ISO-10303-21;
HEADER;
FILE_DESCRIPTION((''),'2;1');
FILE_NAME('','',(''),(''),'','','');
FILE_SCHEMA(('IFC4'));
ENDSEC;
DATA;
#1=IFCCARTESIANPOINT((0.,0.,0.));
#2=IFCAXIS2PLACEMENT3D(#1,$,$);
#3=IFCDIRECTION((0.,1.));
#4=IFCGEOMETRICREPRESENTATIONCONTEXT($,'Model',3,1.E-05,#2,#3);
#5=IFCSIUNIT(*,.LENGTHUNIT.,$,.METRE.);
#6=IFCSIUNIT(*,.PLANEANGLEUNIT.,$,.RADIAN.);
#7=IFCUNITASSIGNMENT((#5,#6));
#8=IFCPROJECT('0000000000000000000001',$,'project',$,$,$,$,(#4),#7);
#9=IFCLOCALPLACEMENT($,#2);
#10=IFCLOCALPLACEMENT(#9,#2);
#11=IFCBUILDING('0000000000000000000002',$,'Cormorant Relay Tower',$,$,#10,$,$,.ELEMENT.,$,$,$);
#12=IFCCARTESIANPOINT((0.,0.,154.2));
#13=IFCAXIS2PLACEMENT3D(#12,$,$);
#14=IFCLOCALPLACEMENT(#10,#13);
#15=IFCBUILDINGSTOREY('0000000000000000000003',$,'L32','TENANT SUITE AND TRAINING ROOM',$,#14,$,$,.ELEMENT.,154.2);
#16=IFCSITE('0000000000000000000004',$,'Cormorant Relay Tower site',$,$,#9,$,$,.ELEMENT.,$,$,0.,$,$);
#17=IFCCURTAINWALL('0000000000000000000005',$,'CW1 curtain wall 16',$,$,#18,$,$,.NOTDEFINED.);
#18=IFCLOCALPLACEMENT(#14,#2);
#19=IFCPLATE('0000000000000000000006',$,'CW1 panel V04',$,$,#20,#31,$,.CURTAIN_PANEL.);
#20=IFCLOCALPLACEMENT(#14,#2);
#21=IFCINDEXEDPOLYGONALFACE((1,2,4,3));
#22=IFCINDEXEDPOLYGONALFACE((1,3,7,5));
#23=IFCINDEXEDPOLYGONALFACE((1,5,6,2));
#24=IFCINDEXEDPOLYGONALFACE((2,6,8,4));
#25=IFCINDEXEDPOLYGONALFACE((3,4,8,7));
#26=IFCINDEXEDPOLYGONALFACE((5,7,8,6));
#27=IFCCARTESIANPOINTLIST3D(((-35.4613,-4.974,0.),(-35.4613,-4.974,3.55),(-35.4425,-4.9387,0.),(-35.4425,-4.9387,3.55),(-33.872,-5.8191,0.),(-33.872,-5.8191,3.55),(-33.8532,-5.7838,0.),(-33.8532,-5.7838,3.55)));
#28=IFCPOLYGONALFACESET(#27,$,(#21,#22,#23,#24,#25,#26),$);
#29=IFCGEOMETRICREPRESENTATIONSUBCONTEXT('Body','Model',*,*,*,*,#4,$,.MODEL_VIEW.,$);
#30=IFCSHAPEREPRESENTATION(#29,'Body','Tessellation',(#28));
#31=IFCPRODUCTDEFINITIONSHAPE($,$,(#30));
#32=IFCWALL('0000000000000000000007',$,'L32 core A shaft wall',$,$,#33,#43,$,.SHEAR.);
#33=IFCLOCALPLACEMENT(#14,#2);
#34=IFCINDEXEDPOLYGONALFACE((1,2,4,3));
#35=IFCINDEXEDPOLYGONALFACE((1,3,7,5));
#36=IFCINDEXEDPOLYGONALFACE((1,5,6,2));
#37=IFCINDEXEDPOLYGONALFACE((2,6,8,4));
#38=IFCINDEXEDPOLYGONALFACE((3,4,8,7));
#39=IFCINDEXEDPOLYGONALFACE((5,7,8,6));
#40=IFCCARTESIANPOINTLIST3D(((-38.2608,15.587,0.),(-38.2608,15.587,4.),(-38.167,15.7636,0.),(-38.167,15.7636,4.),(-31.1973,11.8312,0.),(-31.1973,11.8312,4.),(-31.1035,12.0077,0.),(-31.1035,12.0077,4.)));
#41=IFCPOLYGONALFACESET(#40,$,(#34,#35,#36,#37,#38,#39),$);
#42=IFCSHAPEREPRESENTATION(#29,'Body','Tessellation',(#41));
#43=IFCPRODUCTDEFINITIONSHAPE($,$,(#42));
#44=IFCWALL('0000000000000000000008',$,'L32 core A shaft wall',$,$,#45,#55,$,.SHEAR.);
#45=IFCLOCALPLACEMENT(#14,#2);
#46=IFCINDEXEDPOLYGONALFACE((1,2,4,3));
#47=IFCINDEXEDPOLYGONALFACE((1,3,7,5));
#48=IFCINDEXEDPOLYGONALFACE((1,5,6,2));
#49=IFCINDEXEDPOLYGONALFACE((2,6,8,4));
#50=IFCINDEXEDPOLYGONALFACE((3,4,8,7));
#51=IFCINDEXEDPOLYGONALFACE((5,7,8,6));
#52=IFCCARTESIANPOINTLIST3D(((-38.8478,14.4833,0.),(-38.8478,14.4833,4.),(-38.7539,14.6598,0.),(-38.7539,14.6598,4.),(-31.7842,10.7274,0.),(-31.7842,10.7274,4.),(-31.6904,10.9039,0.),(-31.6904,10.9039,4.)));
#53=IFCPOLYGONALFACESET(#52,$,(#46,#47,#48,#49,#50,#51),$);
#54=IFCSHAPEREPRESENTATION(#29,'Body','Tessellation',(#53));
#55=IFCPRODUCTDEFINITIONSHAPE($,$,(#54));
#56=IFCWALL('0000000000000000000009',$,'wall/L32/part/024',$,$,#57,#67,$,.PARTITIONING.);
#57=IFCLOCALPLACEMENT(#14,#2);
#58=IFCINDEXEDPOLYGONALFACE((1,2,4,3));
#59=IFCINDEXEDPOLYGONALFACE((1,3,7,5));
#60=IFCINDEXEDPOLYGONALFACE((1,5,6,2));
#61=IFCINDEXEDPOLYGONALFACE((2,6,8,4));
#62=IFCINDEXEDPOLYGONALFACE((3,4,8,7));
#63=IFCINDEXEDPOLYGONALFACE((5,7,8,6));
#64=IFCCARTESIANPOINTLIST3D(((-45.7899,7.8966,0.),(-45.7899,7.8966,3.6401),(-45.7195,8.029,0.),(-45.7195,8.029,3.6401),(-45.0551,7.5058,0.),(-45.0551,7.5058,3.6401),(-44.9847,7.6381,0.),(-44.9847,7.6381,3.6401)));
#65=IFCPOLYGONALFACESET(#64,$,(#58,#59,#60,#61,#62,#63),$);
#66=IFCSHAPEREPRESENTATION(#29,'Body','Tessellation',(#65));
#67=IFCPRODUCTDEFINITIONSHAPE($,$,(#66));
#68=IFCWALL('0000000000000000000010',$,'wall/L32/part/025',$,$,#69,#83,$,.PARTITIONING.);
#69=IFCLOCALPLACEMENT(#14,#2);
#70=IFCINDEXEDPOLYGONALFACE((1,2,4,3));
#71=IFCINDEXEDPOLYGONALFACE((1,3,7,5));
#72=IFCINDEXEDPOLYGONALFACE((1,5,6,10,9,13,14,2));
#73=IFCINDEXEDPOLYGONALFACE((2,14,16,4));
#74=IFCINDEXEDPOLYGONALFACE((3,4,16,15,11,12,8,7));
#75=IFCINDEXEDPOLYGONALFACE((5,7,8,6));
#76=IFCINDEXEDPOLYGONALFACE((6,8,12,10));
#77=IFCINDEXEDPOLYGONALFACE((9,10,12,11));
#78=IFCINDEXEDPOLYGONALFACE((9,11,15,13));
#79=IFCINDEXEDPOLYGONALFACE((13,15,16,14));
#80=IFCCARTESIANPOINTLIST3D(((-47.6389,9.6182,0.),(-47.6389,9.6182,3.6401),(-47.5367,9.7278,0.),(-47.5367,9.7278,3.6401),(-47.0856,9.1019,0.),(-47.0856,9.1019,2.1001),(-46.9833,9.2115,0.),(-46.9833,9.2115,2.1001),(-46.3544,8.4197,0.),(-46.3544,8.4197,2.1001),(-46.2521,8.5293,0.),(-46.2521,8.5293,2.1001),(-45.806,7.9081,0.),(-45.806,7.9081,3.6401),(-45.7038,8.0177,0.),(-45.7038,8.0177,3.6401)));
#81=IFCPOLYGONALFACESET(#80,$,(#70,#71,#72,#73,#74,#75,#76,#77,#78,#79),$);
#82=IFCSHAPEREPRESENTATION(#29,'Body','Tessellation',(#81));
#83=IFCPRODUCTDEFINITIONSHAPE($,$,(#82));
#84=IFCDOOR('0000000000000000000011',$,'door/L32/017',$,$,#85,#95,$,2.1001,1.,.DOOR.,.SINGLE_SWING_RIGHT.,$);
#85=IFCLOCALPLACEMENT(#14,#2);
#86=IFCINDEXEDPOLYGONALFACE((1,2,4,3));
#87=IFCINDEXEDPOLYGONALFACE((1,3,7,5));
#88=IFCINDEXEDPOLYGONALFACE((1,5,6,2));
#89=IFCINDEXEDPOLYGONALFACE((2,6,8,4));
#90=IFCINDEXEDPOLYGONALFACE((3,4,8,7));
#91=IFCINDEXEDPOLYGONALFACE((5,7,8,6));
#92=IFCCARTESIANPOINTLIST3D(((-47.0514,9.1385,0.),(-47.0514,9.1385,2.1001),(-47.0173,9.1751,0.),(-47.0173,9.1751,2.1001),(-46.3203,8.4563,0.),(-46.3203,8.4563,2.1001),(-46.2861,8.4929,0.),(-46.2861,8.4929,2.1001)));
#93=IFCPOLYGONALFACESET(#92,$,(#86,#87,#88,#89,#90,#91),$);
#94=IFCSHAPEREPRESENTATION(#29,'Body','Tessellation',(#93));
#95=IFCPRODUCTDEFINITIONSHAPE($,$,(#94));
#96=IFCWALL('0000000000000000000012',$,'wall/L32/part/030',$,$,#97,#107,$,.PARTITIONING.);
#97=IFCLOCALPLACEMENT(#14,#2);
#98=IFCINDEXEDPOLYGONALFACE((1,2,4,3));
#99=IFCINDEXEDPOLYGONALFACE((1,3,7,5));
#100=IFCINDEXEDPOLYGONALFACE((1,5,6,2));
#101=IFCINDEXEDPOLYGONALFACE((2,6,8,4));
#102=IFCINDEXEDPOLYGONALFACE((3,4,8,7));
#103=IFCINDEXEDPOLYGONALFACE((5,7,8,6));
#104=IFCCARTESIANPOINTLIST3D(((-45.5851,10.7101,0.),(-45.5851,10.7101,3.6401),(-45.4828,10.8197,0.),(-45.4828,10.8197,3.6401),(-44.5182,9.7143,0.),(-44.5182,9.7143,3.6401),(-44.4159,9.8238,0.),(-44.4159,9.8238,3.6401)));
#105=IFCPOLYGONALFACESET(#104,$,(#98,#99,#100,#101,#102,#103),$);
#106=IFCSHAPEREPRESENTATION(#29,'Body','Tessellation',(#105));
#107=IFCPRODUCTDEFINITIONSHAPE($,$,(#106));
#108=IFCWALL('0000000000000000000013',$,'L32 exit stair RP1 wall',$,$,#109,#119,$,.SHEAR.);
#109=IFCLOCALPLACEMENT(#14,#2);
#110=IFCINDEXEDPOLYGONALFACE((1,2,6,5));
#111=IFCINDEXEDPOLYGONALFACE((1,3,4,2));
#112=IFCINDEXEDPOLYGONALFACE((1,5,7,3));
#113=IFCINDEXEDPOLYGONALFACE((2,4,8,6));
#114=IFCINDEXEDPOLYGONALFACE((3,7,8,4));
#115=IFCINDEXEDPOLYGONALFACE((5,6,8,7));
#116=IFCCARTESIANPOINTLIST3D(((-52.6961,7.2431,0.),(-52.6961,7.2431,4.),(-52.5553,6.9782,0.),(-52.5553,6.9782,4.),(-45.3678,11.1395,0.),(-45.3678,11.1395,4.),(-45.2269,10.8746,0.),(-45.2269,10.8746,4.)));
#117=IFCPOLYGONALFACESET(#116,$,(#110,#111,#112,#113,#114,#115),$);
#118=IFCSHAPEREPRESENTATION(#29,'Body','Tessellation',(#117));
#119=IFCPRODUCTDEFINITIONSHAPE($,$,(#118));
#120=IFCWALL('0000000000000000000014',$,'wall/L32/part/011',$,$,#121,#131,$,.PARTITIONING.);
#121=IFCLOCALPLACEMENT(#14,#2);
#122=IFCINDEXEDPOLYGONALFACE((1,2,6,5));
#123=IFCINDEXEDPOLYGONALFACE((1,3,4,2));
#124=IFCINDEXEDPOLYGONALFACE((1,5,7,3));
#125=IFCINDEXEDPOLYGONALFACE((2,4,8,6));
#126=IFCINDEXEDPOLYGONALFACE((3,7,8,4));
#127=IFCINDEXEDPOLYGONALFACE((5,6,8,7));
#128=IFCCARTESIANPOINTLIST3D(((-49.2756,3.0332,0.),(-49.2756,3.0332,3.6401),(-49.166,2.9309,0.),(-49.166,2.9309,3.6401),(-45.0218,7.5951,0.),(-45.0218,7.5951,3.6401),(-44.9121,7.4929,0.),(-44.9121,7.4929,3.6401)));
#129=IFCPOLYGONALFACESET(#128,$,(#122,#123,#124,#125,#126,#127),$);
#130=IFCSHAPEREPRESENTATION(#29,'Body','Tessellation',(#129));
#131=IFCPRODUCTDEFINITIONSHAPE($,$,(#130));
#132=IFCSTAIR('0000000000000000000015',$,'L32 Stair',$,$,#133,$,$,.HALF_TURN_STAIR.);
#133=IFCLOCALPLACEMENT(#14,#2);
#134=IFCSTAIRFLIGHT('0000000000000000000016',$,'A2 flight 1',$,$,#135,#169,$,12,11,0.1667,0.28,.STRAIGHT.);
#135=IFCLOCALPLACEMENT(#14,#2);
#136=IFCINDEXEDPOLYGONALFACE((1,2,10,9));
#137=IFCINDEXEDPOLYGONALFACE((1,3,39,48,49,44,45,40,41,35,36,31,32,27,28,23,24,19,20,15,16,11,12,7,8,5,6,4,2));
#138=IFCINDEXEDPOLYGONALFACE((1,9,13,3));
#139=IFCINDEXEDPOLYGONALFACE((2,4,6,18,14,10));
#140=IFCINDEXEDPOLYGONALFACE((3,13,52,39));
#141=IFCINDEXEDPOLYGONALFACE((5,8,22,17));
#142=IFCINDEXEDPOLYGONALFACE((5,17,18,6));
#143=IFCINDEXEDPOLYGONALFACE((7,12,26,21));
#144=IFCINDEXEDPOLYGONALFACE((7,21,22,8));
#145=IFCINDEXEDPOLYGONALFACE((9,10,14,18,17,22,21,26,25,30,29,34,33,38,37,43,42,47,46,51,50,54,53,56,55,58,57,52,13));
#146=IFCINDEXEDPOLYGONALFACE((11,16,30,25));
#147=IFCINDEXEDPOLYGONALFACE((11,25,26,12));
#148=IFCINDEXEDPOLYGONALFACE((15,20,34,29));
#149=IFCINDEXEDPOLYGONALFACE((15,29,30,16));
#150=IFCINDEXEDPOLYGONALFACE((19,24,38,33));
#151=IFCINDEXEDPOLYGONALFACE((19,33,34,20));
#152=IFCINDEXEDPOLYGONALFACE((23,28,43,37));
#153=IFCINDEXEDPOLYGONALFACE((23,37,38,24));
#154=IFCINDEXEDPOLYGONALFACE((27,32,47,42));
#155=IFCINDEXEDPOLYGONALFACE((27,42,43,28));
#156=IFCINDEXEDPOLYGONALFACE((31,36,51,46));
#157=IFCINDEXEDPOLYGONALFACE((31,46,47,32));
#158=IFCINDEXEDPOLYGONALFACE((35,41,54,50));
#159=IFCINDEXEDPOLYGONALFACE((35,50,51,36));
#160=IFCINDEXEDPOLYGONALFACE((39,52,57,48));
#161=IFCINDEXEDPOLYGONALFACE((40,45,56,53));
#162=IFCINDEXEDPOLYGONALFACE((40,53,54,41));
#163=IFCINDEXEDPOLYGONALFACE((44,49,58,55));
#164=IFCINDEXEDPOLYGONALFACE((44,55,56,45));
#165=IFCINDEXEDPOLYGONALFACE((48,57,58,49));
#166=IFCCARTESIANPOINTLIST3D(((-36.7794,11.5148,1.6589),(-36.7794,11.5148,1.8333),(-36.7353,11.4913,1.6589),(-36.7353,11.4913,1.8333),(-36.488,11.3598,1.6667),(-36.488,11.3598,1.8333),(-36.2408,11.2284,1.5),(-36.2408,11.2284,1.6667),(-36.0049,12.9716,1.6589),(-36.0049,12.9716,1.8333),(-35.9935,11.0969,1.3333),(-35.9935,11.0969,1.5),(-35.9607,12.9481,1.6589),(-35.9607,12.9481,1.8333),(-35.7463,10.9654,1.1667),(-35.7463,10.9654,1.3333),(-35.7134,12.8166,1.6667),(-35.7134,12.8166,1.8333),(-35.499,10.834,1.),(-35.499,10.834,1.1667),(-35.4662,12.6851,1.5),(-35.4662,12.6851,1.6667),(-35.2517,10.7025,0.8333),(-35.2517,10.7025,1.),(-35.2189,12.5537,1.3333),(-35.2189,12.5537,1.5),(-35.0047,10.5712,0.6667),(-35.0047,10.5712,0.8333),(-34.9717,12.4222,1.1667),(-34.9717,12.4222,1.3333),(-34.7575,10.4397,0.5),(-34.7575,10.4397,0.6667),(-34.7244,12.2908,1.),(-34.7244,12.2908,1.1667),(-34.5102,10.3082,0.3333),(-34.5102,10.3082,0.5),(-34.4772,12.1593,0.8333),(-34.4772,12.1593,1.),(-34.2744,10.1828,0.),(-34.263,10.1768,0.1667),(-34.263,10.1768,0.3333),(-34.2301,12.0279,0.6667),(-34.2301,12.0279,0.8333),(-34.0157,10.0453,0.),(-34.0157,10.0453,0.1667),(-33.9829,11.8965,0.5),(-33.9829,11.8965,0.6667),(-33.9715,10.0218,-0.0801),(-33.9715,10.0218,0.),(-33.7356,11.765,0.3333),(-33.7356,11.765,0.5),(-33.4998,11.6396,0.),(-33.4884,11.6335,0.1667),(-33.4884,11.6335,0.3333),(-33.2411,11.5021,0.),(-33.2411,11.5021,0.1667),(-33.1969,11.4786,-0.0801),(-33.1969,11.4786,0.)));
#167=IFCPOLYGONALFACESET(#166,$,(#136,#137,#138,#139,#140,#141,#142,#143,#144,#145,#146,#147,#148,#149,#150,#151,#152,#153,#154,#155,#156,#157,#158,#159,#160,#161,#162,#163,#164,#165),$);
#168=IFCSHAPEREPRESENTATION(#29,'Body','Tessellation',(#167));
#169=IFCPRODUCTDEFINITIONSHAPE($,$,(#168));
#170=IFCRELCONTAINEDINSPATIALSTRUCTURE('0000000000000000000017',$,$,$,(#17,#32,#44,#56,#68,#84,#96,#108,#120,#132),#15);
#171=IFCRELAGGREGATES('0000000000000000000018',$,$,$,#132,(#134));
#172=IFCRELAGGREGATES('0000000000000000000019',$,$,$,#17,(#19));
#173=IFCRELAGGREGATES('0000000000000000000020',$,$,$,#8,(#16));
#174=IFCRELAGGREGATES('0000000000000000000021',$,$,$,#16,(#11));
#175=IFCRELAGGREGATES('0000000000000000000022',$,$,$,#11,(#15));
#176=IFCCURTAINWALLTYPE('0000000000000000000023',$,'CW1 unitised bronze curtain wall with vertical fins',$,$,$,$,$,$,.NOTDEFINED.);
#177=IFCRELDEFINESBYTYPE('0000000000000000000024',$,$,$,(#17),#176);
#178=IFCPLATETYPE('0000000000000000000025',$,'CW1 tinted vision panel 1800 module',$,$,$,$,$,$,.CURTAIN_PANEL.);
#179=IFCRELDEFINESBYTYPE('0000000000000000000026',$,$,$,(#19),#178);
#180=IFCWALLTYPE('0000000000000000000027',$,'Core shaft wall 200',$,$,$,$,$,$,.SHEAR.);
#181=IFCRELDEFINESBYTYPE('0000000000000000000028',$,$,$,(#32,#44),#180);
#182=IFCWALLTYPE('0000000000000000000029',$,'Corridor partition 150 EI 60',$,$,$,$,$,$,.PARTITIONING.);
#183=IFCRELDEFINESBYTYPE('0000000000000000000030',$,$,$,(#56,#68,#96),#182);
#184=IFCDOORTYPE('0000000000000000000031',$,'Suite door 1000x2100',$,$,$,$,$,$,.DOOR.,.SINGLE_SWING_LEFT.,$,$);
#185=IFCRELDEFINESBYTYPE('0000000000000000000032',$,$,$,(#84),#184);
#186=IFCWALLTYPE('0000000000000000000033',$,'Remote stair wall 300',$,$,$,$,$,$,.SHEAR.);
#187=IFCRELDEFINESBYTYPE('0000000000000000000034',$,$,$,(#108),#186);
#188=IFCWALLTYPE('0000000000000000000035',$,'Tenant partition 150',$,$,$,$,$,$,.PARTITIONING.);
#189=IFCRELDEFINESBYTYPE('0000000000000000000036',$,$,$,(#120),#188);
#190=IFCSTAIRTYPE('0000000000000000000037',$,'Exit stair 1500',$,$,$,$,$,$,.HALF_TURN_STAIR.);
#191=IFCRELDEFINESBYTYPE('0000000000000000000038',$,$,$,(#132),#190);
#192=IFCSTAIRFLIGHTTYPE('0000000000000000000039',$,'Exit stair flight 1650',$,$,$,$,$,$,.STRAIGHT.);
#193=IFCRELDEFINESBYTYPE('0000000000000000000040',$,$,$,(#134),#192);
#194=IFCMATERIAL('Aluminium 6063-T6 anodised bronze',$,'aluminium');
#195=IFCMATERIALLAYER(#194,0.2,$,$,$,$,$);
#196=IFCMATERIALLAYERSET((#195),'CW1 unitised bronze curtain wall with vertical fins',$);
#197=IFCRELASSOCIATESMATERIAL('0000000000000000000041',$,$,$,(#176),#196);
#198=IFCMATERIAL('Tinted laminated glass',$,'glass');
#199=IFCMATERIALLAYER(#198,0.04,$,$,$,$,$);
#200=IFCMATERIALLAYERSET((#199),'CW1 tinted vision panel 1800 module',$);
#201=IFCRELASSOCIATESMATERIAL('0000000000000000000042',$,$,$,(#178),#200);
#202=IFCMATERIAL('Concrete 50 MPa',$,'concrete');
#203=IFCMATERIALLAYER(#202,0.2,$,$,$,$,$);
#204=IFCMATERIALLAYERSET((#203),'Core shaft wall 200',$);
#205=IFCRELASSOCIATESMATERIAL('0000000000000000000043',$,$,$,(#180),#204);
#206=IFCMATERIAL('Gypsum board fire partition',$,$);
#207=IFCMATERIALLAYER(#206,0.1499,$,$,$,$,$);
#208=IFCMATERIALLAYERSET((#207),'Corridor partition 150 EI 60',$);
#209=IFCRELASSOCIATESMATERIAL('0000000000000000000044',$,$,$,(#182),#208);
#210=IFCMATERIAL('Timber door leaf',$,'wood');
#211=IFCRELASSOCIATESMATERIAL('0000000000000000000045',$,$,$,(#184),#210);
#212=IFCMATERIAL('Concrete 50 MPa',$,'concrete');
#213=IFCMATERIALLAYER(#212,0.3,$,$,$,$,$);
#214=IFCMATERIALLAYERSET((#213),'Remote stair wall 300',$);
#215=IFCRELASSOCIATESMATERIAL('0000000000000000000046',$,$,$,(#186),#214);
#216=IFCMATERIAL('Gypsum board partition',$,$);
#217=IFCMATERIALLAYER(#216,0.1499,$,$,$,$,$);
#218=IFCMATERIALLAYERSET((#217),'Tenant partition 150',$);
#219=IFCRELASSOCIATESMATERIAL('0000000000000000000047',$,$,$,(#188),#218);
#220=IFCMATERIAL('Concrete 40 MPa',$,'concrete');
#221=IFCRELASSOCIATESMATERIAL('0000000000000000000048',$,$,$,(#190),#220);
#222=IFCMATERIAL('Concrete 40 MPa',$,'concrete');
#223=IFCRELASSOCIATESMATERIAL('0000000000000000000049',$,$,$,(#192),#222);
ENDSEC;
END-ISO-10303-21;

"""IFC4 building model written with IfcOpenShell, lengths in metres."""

from ifc_helpers import new_model, si_unit, direction, frame, frame_2d, origin, origin_2d, place, context, subcontext, project, spatial, polyline, rectangle, outline, extrude, material, layer, layer_set, type_object, element, fill, aggregate, save


model = new_model("IFC4")

# Units and contexts
model_context = context("Model", 3, precision=1e-05, world=origin(), true_north=direction((0.0, 1.0)))
body_context = subcontext(model_context, "Body", "Model", "MODEL_VIEW")
ifc_project = project(units=[si_unit("LENGTHUNIT", "METRE"), si_unit("PLANEANGLEUNIT", "RADIAN")], contexts=[model_context])

# Site, building, storey
site_placement = place(None, origin())
site = spatial("IfcSite", under=ifc_project, at=site_placement, Name="Cormorant Relay Tower site", CompositionType="ELEMENT", RefElevation=0.0)
building_placement = place(site_placement, origin())
building = spatial("IfcBuilding", under=site, at=building_placement, Name="Cormorant Relay Tower", CompositionType="ELEMENT")
storey_placement = place(building_placement, frame((0.0, 0.0, 154.2)))
storey = spatial("IfcBuildingStorey", under=building, at=storey_placement, Name="L32", Description="TENANT SUITE AND TRAINING ROOM", CompositionType="ELEMENT", Elevation=154.2)

# Curtain wall
ifc_material_1 = material(Name="Aluminium 6063-T6 anodised bronze", Category="aluminium")
ifc_layer_1 = layer(ifc_material_1, 0.2)
ifc_layer_set_1 = layer_set([ifc_layer_1], Name="CW1 unitised bronze curtain wall with vertical fins")
curtain_wall_type = type_object("IfcCurtainWallType", Name="CW1 unitised bronze curtain wall with vertical fins", PredefinedType="NOTDEFINED", material=ifc_layer_set_1)
curtain_wall_placement = place(storey_placement, origin())
curtain_wall = element("IfcCurtainWall", 1, at=curtain_wall_placement, inside=storey, type_object=curtain_wall_type, Name="CW1 curtain wall 16", PredefinedType="NOTDEFINED")

# Plate
ifc_material_2 = material(Name="Tinted laminated glass", Category="glass")
ifc_layer_2 = layer(ifc_material_2, 0.04)
ifc_layer_set_2 = layer_set([ifc_layer_2], Name="CW1 tinted vision panel 1800 module")
plate_type = type_object("IfcPlateType", Name="CW1 tinted vision panel 1800 module", PredefinedType="CURTAIN_PANEL", material=ifc_layer_set_2)
plate_1_placement = place(storey_placement, frame((-34.6572, -5.3789, 0.0), z_axis=(0.0, 0.0, 1.0), x_axis=(0.882948, -0.469472, 0.0)))
plate_1 = element("IfcPlate", 2, at=plate_1_placement, type_object=plate_type, Name="CW1 panel V04", PredefinedType="CURTAIN_PANEL", context=body_context, shape_type="SweptSolid", body=[
    extrude(rectangle(XDim=1.8, YDim=0.04, at=origin_2d()), origin(), (0.0, 0.0, 1.0), 3.55),
])

# Walls
ifc_material_3 = material(Name="Concrete 50 MPa", Category="concrete")
ifc_layer_3 = layer(ifc_material_3, 0.2)
ifc_layer_set_3 = layer_set([ifc_layer_3], Name="Core shaft wall 200")
wall_type_1 = type_object("IfcWallType", Name="Core shaft wall 200", PredefinedType="SHEAR", material=ifc_layer_set_3)
for number, where, z_axis, x_axis, name in (
    (3, (-31.1504, 11.9194, 0.0), (0.0, 0.0, 1.0), (-0.88294, 0.469485, 0.0), "L32 core A shaft wall"),
    (4, (-31.7373, 10.8157, 0.0), (0.0, 0.0, 1.0), (-0.88294, 0.469485, 0.0), "L32 core A shaft wall"),
):
    element("IfcWall", number, at=place(storey_placement, frame(where, z_axis=z_axis, x_axis=x_axis)), inside=storey, type_object=wall_type_1, Name=name, PredefinedType="SHEAR", context=body_context, shape_type="SweptSolid", body=[
        extrude(rectangle(XDim=8.0, YDim=0.2, at=frame_2d((4.0, 0.0))), origin(), (0.0, 0.0, 1.0), 4.0),
    ])
ifc_material_4 = material(Name="Gypsum board fire partition")
ifc_layer_4 = layer(ifc_material_4, 0.1499)
ifc_layer_set_4 = layer_set([ifc_layer_4], Name="Corridor partition 150 EI 60")
wall_type_2 = type_object("IfcWallType", Name="Corridor partition 150 EI 60", PredefinedType="PARTITIONING", material=ifc_layer_set_4)
wall_1_placement = place(storey_placement, frame((-45.02, 7.572, 0.0), z_axis=(0.0, 0.0, 1.0), x_axis=(-0.88288, 0.469598, 0.0)))
element("IfcWall", 5, at=wall_1_placement, inside=storey, type_object=wall_type_2, Name="wall/L32/part/024", PredefinedType="PARTITIONING", context=body_context, shape_type="SweptSolid", body=[
    extrude(rectangle(XDim=0.8323, YDim=0.1499, at=frame_2d((0.416, 0.0))), origin(), (0.0, 0.0, 1.0), 3.6401),
])

# Wall, opening, door
wall_2_placement = place(storey_placement, frame((-45.7549, 7.9629, 0.0), z_axis=(0.0, 0.0, 1.0), x_axis=(-0.731175, 0.68219, 0.0)))
wall_2 = element("IfcWall", 6, at=wall_2_placement, inside=storey, type_object=wall_type_2, Name="wall/L32/part/025", PredefinedType="PARTITIONING", context=body_context, shape_type="SweptSolid", body=[
    extrude(rectangle(XDim=2.5068, YDim=0.1499, at=frame_2d((1.2534, 0.0))), origin(), (0.0, 0.0, 1.0), 3.6401),
])
opening_placement = place(wall_2_placement, frame((0.75, 0.0, 0.0)))
opening = element("IfcOpeningElement", 7, at=opening_placement, cuts=wall_2, PredefinedType="OPENING", context=body_context, shape_type="SweptSolid", body=[
    extrude(rectangle(XDim=1.0, YDim=2.1001, at=frame_2d((0.5, 1.05))), frame((0.0, 0.085, 0.0), z_axis=(0.0, -1.0, 0.0), x_axis=(1.0, 0.0, 0.0)), (0.0, 0.0, 1.0), 0.1699),
])
ifc_material_5 = material(Name="Timber door leaf", Category="wood")
door_type = type_object("IfcDoorType", Name="Suite door 1000x2100", OperationType="SINGLE_SWING_LEFT", PredefinedType="DOOR", material=ifc_material_5)
door_placement = place(opening_placement, origin())
door = element("IfcDoor", 8, at=door_placement, inside=storey, type_object=door_type, Name="door/L32/017", OperationType="SINGLE_SWING_RIGHT", OverallHeight=2.1001, OverallWidth=1.0, PredefinedType="DOOR", context=body_context, shape_type="SweptSolid", body=[
    extrude(rectangle(XDim=1.0, YDim=2.1001, at=frame_2d((0.5, 1.05))), frame((0.0, 0.0249, 0.0), z_axis=(0.0, -1.0, 0.0), x_axis=(1.0, 0.0, 0.0)), (0.0, 0.0, 1.0), 0.05),
])
fill(opening, door)

# Walls
wall_3_placement = place(storey_placement, frame((-44.467, 9.769, 0.0), z_axis=(0.0, 0.0, 1.0), x_axis=(-0.731027, 0.682348, 0.0)))
element("IfcWall", 9, at=wall_3_placement, inside=storey, type_object=wall_type_2, Name="wall/L32/part/030", PredefinedType="PARTITIONING", context=body_context, shape_type="SweptSolid", body=[
    extrude(rectangle(XDim=1.4595, YDim=0.1499, at=frame_2d((0.7297, 0.0))), origin(), (0.0, 0.0, 1.0), 3.6401),
])
ifc_material_6 = material(Name="Concrete 50 MPa", Category="concrete")
ifc_layer_5 = layer(ifc_material_6, 0.3)
ifc_layer_set_5 = layer_set([ifc_layer_5], Name="Remote stair wall 300")
wall_type_3 = type_object("IfcWallType", Name="Remote stair wall 300", PredefinedType="SHEAR", material=ifc_layer_set_5)
wall_4_placement = place(storey_placement, frame((-45.2974, 11.0071, 0.0), z_axis=(0.0, 0.0, 1.0), x_axis=(-0.882952, -0.469464, 0.0)))
element("IfcWall", 10, at=wall_4_placement, inside=storey, type_object=wall_type_3, Name="L32 exit stair RP1 wall", PredefinedType="SHEAR", context=body_context, shape_type="SweptSolid", body=[
    extrude(rectangle(XDim=8.2998, YDim=0.3, at=frame_2d((4.1499, 0.0))), origin(), (0.0, 0.0, 1.0), 4.0),
])
ifc_material_7 = material(Name="Gypsum board partition")
ifc_layer_6 = layer(ifc_material_7, 0.1499)
ifc_layer_set_6 = layer_set([ifc_layer_6], Name="Tenant partition 150")
wall_type_4 = type_object("IfcWallType", Name="Tenant partition 150", PredefinedType="PARTITIONING", material=ifc_layer_set_6)
wall_5_placement = place(storey_placement, frame((-44.967, 7.5439, 0.0), z_axis=(0.0, 0.0, 1.0), x_axis=(-0.681978, -0.731373, 0.0)))
element("IfcWall", 11, at=wall_5_placement, inside=storey, type_object=wall_type_4, Name="wall/L32/part/011", PredefinedType="PARTITIONING", context=body_context, shape_type="SweptSolid", body=[
    extrude(rectangle(XDim=6.2375, YDim=0.1499, at=frame_2d((3.1187, 0.0))), origin(), (0.0, 0.0, 1.0), 3.6401),
])

# Stair, stair flight
ifc_material_8 = material(Name="Concrete 40 MPa", Category="concrete")
stair_type = type_object("IfcStairType", Name="Exit stair 1500", PredefinedType="HALF_TURN_STAIR", material=ifc_material_8)
stair_placement = place(storey_placement, origin())
stair = element("IfcStair", 12, at=stair_placement, inside=storey, type_object=stair_type, Name="L32 Stair", PredefinedType="HALF_TURN_STAIR")
ifc_material_9 = material(Name="Concrete 40 MPa", Category="concrete")
stair_flight_type = type_object("IfcStairFlightType", Name="Exit stair flight 1650", PredefinedType="STRAIGHT", material=ifc_material_9)
stair_flight_1_placement = place(storey_placement, frame((-33.6284, 10.7737, 0.0), z_axis=(0.0, 0.0, 1.0), x_axis=(-0.882948, 0.469472, 0.0)))
stair_flight_1 = element("IfcStairFlight", 13, at=stair_flight_1_placement, type_object=stair_flight_type, Name="A2 flight 1", NumberOfRisers=12, NumberOfTreads=11, PredefinedType="STRAIGHT", RiserHeight=0.1667, TreadLength=0.28, context=body_context, shape_type="SweptSolid", body=[
    extrude(outline(polyline([(-0.05, -0.0801), (-0.05, 0.0), (0.0, 0.0), (0.0, 0.1667), (0.28, 0.1667), (0.28, 0.3333), (0.5601, 0.3333), (0.5601, 0.5), (0.8401, 0.5), (0.8401, 0.6667), (1.1201, 0.6667), (1.1201, 0.8333), (1.3999, 0.8333), (1.3999, 1.0), (1.6799, 1.0), (1.6799, 1.1667), (1.96, 1.1667), (1.96, 1.3333), (2.24, 1.3333), (2.24, 1.5), (2.52, 1.5), (2.52, 1.6667), (2.8, 1.6667), (2.8, 1.8333), (3.0801, 1.8333), (3.1301, 1.8333), (3.1301, 1.6589), (3.0801, 1.6589), (0.293, 0.0), (-0.05, -0.0801)])), frame((0.0, 0.825, 0.0), z_axis=(0.0, -1.0, 0.0), x_axis=(1.0, 0.0, 0.0)), (0.0, 0.0, 1.0), 1.6499),
])
aggregate(stair, [stair_flight_1])

aggregate(curtain_wall, [plate_1])

save(model, "model.ifc")
